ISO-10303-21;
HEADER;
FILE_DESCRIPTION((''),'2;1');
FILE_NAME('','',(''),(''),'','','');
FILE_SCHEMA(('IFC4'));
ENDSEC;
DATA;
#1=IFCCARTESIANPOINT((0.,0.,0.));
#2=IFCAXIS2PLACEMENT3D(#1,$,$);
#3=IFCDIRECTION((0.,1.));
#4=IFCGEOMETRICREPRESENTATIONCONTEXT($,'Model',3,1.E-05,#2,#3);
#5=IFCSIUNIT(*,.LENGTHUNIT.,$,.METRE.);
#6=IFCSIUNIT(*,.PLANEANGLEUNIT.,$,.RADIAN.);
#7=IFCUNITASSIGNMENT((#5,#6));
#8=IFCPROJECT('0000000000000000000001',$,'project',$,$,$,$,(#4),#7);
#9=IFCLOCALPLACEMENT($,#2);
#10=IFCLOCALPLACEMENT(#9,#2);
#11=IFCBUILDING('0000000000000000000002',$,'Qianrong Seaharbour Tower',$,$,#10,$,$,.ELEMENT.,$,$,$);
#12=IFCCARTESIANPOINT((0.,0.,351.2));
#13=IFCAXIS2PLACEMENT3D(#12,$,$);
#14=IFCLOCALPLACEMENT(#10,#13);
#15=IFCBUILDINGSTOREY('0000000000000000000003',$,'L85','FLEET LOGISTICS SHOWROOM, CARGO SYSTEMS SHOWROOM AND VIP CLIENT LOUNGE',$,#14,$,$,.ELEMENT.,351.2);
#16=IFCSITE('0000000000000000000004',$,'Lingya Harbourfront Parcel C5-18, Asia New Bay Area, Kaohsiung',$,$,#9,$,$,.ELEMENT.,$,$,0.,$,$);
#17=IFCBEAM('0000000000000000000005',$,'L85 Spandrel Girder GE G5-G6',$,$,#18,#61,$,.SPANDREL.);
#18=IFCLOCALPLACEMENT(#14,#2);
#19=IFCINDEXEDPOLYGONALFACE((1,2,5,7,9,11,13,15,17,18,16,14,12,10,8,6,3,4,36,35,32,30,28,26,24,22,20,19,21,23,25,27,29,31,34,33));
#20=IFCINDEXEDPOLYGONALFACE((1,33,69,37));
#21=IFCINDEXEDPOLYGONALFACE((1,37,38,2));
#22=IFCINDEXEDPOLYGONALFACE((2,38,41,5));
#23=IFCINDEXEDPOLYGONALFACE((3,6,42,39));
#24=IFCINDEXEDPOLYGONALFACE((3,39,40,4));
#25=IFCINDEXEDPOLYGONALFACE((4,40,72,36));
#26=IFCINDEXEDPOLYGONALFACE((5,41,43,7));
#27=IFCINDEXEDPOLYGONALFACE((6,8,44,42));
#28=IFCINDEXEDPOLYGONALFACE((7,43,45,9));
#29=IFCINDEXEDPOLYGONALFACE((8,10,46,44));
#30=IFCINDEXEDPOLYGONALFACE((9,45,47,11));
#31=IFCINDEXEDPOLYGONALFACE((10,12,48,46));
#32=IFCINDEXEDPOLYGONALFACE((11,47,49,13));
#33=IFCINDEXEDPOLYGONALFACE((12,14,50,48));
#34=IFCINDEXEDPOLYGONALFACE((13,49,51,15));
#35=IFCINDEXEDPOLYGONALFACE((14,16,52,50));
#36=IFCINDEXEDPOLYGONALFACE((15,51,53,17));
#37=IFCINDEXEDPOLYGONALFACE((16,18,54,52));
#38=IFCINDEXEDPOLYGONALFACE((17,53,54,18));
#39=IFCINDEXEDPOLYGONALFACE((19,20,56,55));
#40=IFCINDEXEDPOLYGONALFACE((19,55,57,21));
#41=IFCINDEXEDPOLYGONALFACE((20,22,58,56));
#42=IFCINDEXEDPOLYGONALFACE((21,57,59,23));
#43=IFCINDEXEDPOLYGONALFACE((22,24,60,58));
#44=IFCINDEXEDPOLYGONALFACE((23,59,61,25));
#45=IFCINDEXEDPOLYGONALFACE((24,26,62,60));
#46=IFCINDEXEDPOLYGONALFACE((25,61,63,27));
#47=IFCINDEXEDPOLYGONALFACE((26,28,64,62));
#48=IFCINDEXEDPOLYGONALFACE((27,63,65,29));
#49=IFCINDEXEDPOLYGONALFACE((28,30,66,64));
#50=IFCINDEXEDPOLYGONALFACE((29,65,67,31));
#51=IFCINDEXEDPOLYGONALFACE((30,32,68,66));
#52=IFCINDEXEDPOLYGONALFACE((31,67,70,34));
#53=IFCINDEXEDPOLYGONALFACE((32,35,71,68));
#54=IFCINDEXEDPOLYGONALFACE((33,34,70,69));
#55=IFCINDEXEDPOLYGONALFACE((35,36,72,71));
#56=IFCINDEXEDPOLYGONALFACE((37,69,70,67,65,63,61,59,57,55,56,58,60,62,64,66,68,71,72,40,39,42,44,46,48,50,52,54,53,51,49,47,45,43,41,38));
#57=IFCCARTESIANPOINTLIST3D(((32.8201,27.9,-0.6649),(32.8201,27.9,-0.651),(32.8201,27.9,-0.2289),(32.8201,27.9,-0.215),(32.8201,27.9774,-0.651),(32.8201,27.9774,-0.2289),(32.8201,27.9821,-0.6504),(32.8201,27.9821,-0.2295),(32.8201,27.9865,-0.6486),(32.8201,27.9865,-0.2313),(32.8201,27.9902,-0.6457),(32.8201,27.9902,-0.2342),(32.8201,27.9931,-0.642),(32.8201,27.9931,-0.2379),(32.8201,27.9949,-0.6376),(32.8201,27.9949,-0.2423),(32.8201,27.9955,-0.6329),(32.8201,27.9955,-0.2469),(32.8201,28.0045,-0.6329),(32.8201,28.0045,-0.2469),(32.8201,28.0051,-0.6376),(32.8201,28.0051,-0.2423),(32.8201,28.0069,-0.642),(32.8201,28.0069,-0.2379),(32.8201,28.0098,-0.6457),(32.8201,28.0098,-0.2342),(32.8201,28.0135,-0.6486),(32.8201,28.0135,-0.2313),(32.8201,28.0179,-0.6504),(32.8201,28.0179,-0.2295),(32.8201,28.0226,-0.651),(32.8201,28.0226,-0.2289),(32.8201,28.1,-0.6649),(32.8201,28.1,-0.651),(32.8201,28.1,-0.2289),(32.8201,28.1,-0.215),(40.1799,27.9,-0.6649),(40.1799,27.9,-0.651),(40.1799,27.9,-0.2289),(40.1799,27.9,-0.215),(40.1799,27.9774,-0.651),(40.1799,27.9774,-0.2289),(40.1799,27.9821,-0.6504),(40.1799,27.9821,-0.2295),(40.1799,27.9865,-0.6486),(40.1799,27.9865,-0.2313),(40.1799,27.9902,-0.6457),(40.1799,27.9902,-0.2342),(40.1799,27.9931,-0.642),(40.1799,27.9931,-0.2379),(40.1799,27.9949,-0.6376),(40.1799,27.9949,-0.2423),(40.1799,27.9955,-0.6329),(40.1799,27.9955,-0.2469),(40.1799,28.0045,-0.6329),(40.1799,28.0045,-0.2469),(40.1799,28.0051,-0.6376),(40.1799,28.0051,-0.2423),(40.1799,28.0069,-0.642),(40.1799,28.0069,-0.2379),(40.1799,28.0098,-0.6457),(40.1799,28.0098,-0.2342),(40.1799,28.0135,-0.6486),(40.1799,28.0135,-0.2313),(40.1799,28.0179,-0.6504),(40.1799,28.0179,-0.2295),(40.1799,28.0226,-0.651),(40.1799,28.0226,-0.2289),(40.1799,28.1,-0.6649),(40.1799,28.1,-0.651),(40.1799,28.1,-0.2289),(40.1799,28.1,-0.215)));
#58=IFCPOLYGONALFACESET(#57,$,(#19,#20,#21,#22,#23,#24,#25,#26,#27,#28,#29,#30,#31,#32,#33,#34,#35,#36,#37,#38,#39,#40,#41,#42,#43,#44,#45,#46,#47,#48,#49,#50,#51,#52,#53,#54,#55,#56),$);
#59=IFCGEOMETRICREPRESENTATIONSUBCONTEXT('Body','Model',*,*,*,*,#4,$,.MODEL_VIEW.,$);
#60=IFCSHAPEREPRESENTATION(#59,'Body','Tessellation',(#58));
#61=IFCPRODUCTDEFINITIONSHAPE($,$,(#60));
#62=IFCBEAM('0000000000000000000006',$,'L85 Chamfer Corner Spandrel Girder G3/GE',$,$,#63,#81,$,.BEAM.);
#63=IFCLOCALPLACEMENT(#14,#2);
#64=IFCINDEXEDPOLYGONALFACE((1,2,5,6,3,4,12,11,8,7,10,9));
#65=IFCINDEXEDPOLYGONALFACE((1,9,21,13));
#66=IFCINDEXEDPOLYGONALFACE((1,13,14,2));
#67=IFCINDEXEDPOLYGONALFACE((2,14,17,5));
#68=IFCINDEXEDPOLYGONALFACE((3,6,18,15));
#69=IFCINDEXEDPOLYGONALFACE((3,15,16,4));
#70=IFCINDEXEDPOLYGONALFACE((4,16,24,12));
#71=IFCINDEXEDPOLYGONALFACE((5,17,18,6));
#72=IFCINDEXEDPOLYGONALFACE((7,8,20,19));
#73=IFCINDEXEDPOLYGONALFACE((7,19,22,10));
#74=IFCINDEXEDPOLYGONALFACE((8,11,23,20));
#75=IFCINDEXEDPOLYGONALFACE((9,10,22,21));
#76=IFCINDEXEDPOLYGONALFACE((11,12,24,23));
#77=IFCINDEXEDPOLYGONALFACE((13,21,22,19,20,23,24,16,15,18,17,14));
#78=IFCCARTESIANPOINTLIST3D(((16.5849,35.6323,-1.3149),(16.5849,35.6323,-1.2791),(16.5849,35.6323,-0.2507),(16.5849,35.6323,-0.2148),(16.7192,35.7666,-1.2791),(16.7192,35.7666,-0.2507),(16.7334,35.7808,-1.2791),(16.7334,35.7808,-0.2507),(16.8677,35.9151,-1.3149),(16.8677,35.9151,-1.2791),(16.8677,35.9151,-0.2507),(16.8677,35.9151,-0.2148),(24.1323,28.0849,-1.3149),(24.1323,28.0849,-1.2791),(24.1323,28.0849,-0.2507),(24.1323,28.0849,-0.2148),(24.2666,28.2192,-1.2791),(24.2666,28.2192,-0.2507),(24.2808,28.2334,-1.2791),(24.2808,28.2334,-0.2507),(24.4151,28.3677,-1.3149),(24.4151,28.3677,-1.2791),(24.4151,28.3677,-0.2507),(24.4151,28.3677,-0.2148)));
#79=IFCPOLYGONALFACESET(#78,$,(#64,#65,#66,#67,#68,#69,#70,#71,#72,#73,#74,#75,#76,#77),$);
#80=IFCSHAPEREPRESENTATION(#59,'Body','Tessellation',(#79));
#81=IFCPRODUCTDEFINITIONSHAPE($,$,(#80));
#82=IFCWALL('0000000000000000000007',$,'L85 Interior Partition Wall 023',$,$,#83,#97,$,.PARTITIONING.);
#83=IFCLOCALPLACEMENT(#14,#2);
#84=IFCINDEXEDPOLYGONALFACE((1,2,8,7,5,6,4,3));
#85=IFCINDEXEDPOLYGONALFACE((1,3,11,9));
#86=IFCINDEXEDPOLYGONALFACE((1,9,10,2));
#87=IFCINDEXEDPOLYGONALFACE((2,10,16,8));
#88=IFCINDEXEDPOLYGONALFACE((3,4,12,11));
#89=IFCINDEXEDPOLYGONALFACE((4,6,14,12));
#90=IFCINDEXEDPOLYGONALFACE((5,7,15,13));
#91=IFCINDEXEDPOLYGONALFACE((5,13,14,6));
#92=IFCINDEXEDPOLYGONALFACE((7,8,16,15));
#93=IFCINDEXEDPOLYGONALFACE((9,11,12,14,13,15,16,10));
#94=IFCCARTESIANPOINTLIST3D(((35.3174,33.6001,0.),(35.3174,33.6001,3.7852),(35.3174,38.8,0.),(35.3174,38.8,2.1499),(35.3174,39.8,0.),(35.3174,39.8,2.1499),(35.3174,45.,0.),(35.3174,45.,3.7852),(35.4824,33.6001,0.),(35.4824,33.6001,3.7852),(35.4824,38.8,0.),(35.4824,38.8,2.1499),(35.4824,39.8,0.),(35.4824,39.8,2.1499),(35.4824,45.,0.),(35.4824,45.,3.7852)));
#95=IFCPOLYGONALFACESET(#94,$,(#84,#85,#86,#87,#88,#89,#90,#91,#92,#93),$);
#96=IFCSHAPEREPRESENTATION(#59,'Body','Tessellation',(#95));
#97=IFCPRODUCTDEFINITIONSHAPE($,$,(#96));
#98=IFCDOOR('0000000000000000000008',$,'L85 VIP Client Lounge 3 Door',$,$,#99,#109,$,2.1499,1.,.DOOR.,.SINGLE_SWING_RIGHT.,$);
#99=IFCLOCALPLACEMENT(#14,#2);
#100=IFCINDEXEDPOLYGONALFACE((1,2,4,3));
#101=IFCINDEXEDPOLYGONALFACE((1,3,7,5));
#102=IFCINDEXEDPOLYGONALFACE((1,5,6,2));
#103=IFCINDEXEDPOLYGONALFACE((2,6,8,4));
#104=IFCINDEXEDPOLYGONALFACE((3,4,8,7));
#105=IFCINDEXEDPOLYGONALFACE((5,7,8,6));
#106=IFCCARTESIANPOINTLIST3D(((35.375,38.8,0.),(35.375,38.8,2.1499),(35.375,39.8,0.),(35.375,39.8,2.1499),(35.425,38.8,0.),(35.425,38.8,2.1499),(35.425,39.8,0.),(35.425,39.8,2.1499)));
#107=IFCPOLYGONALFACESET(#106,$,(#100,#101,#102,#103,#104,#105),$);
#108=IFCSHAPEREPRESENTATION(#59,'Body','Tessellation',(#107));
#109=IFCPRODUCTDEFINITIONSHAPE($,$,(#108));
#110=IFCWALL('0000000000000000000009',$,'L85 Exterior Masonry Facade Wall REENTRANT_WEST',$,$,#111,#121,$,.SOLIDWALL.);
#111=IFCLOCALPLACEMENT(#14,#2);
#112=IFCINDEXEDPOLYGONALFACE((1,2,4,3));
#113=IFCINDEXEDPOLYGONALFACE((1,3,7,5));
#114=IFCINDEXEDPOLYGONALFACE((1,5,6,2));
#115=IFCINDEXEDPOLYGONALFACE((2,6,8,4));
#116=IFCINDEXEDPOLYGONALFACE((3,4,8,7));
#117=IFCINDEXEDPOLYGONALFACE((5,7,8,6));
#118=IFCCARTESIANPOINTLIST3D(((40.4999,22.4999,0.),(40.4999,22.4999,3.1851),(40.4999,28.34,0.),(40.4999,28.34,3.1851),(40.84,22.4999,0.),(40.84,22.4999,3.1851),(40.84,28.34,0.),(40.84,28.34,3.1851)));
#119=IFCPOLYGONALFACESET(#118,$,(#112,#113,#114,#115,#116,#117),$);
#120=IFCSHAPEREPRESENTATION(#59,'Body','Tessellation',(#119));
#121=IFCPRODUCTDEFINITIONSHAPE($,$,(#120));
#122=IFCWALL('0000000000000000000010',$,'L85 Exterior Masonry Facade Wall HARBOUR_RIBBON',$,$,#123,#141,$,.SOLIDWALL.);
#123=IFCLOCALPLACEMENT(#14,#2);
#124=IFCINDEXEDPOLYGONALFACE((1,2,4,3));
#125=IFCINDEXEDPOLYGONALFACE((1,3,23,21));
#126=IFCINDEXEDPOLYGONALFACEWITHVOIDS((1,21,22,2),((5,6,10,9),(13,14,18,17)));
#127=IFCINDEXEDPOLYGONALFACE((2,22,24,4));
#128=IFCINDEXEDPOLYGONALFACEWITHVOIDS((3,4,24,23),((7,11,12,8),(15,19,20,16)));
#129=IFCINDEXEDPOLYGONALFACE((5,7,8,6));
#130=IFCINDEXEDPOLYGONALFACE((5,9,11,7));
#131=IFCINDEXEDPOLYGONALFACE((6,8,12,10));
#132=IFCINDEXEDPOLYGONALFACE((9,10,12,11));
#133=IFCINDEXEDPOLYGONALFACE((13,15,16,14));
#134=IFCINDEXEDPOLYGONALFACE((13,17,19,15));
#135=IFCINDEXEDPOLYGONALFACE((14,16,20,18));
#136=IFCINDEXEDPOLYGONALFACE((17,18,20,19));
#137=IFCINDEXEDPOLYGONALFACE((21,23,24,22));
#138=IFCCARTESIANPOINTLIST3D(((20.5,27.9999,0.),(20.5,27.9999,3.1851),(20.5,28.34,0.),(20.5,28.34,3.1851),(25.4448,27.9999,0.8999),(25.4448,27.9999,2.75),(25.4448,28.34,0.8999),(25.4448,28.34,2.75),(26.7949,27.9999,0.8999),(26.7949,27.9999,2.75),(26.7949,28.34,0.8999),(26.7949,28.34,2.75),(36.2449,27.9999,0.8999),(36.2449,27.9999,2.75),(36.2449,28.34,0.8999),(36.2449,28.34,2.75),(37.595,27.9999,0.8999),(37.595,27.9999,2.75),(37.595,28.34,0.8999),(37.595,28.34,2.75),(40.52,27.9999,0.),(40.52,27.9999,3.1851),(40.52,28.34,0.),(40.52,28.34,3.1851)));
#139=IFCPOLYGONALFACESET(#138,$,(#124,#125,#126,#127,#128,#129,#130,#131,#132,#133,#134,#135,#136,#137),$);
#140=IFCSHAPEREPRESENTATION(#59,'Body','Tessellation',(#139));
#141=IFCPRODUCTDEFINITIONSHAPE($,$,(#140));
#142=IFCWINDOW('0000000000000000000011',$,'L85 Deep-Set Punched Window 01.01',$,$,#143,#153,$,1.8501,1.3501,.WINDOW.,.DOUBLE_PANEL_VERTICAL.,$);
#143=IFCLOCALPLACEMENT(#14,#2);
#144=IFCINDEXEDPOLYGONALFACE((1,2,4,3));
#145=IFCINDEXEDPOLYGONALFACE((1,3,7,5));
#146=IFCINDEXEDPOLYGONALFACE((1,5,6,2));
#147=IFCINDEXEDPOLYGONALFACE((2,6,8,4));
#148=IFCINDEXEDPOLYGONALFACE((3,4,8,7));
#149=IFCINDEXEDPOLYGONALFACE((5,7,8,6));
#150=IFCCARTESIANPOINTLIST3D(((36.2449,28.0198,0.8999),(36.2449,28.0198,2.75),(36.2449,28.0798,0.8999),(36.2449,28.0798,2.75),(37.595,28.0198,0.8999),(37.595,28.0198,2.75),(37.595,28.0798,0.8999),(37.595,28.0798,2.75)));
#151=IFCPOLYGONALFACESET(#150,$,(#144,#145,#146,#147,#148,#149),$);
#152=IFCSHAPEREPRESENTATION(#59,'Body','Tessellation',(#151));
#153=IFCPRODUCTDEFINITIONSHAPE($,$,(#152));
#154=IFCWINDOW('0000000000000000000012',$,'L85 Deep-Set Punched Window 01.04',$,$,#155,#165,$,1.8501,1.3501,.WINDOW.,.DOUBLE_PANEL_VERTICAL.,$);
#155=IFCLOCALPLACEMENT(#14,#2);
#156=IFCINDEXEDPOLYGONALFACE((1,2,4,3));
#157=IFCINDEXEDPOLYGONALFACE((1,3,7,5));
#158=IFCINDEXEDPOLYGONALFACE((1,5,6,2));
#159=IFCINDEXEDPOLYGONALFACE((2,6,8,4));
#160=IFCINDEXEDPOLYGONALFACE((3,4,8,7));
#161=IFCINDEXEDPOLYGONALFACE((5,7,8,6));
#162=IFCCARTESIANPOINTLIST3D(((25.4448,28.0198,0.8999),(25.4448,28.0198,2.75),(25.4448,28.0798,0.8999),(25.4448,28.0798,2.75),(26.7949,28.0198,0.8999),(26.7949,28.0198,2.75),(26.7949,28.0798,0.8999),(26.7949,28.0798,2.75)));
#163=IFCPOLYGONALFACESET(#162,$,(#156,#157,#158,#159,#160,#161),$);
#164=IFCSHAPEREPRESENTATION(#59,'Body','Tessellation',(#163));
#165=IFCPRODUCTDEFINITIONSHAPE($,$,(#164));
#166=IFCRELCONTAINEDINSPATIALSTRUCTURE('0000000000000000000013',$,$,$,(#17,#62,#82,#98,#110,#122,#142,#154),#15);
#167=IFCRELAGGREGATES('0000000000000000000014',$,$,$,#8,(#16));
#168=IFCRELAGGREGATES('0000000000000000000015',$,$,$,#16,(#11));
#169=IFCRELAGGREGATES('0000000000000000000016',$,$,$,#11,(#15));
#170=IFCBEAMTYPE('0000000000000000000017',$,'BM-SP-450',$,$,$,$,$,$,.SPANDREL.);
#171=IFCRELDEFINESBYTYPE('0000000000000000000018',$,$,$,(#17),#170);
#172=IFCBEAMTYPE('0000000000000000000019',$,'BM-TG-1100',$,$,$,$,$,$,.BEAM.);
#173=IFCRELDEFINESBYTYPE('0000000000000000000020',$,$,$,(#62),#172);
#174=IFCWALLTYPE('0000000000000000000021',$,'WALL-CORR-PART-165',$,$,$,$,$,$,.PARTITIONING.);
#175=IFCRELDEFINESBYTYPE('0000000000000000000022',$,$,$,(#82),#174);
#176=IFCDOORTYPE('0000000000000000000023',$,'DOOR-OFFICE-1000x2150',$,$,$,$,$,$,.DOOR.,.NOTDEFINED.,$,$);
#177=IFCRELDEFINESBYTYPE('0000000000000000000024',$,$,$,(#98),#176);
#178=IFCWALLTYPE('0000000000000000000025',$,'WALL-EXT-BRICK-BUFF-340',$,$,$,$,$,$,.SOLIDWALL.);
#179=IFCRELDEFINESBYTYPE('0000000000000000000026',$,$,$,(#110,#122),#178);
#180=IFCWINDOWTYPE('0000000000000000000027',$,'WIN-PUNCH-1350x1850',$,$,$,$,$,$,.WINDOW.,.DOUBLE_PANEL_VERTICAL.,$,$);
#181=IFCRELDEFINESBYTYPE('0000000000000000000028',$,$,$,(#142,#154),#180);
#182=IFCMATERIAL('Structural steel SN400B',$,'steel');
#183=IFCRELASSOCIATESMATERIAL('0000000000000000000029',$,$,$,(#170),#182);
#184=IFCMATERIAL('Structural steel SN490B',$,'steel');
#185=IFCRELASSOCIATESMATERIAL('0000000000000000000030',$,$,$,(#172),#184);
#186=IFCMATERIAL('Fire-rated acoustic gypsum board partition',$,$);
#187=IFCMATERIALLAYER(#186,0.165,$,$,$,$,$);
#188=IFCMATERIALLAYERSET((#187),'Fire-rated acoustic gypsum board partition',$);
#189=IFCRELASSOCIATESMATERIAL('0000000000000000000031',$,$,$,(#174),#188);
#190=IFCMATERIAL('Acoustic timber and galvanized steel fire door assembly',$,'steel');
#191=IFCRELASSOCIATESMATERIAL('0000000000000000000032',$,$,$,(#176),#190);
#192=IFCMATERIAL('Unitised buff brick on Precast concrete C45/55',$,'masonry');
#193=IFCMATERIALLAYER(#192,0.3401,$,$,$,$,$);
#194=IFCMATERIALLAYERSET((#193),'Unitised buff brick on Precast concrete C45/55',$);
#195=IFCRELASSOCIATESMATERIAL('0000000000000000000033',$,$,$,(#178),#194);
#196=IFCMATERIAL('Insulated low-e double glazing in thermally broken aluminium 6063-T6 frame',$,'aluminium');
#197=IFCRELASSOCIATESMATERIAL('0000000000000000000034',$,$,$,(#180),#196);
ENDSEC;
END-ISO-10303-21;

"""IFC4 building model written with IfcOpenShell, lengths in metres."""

from ifc_helpers import new_model, si_unit, direction, frame, frame_2d, origin, origin_2d, place, context, subcontext, project, spatial, rectangle, i_section, extrude, material, layer, layer_set, material_profile, profile_set, type_object, element, fill, save


model = new_model("IFC4")

# Units and contexts
model_context = context("Model", 3, precision=1e-05, world=origin(), true_north=direction((0.0, 1.0)))
body_context = subcontext(model_context, "Body", "Model", "MODEL_VIEW")
ifc_project = project(units=[si_unit("LENGTHUNIT", "METRE"), si_unit("PLANEANGLEUNIT", "RADIAN")], contexts=[model_context])

# Site, building, storey
site_placement = place(None, origin())
site = spatial("IfcSite", under=ifc_project, at=site_placement, Name="Lingya Harbourfront Parcel C5-18, Asia New Bay Area, Kaohsiung", CompositionType="ELEMENT", RefElevation=0.0)
building_placement = place(site_placement, origin())
building = spatial("IfcBuilding", under=site, at=building_placement, Name="Qianrong Seaharbour Tower", CompositionType="ELEMENT")
storey_placement = place(building_placement, frame((0.0, 0.0, 351.2)))
storey = spatial("IfcBuildingStorey", under=building, at=storey_placement, Name="L85", Description="FLEET LOGISTICS SHOWROOM, CARGO SYSTEMS SHOWROOM AND VIP CLIENT LOUNGE", CompositionType="ELEMENT", Elevation=351.2)

# Shared definitions
ifc_material_1 = material(Name="Structural steel SN490B", Category="steel")
ifc_material_2 = material(Name="Structural steel SN400B", Category="steel")

# Beams
ifc_material_profile_1 = material_profile(ifc_material_2, i_section(OverallWidth=0.2, OverallDepth=0.45, WebThickness=0.009, FlangeThickness=0.0139, FilletRadius=0.0181, at=origin_2d()), Name="H450x200x9x14")
ifc_profile_set_1 = profile_set([ifc_material_profile_1], Name="Structural steel SN400B")
beam_type_1 = type_object("IfcBeamType", Name="BM-SP-450", PredefinedType="SPANDREL", material=ifc_profile_set_1)
for number, where, z_axis, x_axis, name in (
    (1, (32.8201, 28.0, -0.4399), (1.0, 0.0, 0.0), (0.0, 1.0, 0.0), "L85 Spandrel Girder GE G5-G6"),
):
    element("IfcBeam", number, at=place(storey_placement, frame(where, z_axis=z_axis, x_axis=x_axis)), inside=storey, type_object=beam_type_1, Name=name, PredefinedType="SPANDREL", context=body_context, shape_type="SweptSolid", body=[
        extrude(i_section(OverallWidth=0.2, OverallDepth=0.45, WebThickness=0.009, FlangeThickness=0.0139, FilletRadius=0.0181, at=origin_2d()), origin(), (0.0, 0.0, 1.0), 7.3599),
    ])
ifc_material_profile_2 = material_profile(ifc_material_1, i_section(OverallWidth=0.3999, OverallDepth=1.1001, WebThickness=0.02, FlangeThickness=0.0359, at=origin_2d()), Name="BH1100x400x20x36")
ifc_profile_set_2 = profile_set([ifc_material_profile_2], Name="Structural steel SN490B")
beam_type_2 = type_object("IfcBeamType", Name="BM-TG-1100", PredefinedType="BEAM", material=ifc_profile_set_2)
beam_placement = place(storey_placement, frame((24.2737, 28.2263, -0.7649), z_axis=(-0.707107, 0.707107, 0.0), x_axis=(-0.707107, -0.707107, 0.0)))
element("IfcBeam", 2, at=beam_placement, inside=storey, type_object=beam_type_2, Name="L85 Chamfer Corner Spandrel Girder G3/GE", PredefinedType="BEAM", context=body_context, shape_type="SweptSolid", body=[
    extrude(i_section(OverallWidth=0.3999, OverallDepth=1.1001, WebThickness=0.02, FlangeThickness=0.0359, at=origin_2d()), origin(), (0.0, 0.0, 1.0), 10.6736),
])

# Wall, opening, door
ifc_material_3 = material(Name="Fire-rated acoustic gypsum board partition")
ifc_layer_1 = layer(ifc_material_3, 0.165)
ifc_layer_set_1 = layer_set([ifc_layer_1], Name="Fire-rated acoustic gypsum board partition")
wall_type_1 = type_object("IfcWallType", Name="WALL-CORR-PART-165", PredefinedType="PARTITIONING", material=ifc_layer_set_1)
wall_1_placement = place(storey_placement, frame((35.3999, 33.6001, 0.0), z_axis=(0.0, 0.0, 1.0), x_axis=(0.0, 1.0, 0.0)))
wall_1 = element("IfcWall", 3, at=wall_1_placement, inside=storey, type_object=wall_type_1, Name="L85 Interior Partition Wall 023", PredefinedType="PARTITIONING", context=body_context, shape_type="SweptSolid", body=[
    extrude(rectangle(XDim=11.3999, YDim=0.165, at=frame_2d((5.7, 0.0))), origin(), (0.0, 0.0, 1.0), 3.7852),
])
opening_1_placement = place(wall_1_placement, frame((5.2, 0.0, 0.0)))
opening_1 = element("IfcOpeningElement", 4, at=opening_1_placement, cuts=wall_1, PredefinedType="OPENING", context=body_context, shape_type="SweptSolid", body=[
    extrude(rectangle(XDim=1.0, YDim=2.1499, at=frame_2d((0.5, 1.075))), frame((0.0, 0.0925, 0.0), z_axis=(0.0, -1.0, 0.0), x_axis=(1.0, 0.0, 0.0)), (0.0, 0.0, 1.0), 0.1851),
])
ifc_material_4 = material(Name="Acoustic timber and galvanized steel fire door assembly", Category="steel")
door_type = type_object("IfcDoorType", Name="DOOR-OFFICE-1000x2150", OperationType="NOTDEFINED", PredefinedType="DOOR", material=ifc_material_4)
door_placement = place(opening_1_placement, origin())
door = element("IfcDoor", 5, at=door_placement, inside=storey, type_object=door_type, Name="L85 VIP Client Lounge 3 Door", OperationType="SINGLE_SWING_RIGHT", OverallHeight=2.1499, OverallWidth=1.0, PredefinedType="DOOR", context=body_context, shape_type="SweptSolid", body=[
    extrude(rectangle(XDim=1.0, YDim=2.1499, at=frame_2d((0.5, 1.075))), frame((0.0, 0.0249, 0.0), z_axis=(0.0, -1.0, 0.0), x_axis=(1.0, 0.0, 0.0)), (0.0, 0.0, 1.0), 0.05),
])
fill(opening_1, door)

# Wall
ifc_material_5 = material(Name="Unitised buff brick on Precast concrete C45/55", Category="masonry")
ifc_layer_2 = layer(ifc_material_5, 0.3401)
ifc_layer_set_2 = layer_set([ifc_layer_2], Name="Unitised buff brick on Precast concrete C45/55")
wall_type_2 = type_object("IfcWallType", Name="WALL-EXT-BRICK-BUFF-340", PredefinedType="SOLIDWALL", material=ifc_layer_set_2)
wall_2_placement = place(storey_placement, frame((40.6699, 22.5, 0.0), z_axis=(0.0, 0.0, 1.0), x_axis=(0.0, 1.0, 0.0)))
element("IfcWall", 6, at=wall_2_placement, inside=storey, type_object=wall_type_2, Name="L85 Exterior Masonry Facade Wall REENTRANT_WEST", PredefinedType="SOLIDWALL", context=body_context, shape_type="SweptSolid", body=[
    extrude(rectangle(XDim=5.8401, YDim=0.3401, at=frame_2d((2.9199, 0.0))), origin(), (0.0, 0.0, 1.0), 3.1851),
])

# Wall, openings, windows
wall_3_placement = place(storey_placement, frame((40.52, 28.1699, 0.0), z_axis=(0.0, 0.0, 1.0), x_axis=(-1.0, 0.0, 0.0)))
wall_3 = element("IfcWall", 7, at=wall_3_placement, inside=storey, type_object=wall_type_2, Name="L85 Exterior Masonry Facade Wall HARBOUR_RIBBON", PredefinedType="SOLIDWALL", context=body_context, shape_type="SweptSolid", body=[
    extrude(rectangle(XDim=20.02, YDim=0.3401, at=frame_2d((10.01, 0.0))), origin(), (0.0, 0.0, 1.0), 3.1851),
])
opening_2_placement = place(wall_3_placement, frame((2.925, 0.0, 0.8999)))
opening_2 = element("IfcOpeningElement", 8, at=opening_2_placement, cuts=wall_3, PredefinedType="OPENING", context=body_context, shape_type="SweptSolid", body=[
    extrude(rectangle(XDim=1.3501, YDim=1.8501, at=frame_2d((0.675, 0.925))), frame((0.0, 0.1802, 0.0), z_axis=(0.0, -1.0, 0.0), x_axis=(1.0, 0.0, 0.0)), (0.0, 0.0, 1.0), 0.3601),
])
opening_3_placement = place(wall_3_placement, frame((13.7251, 0.0, 0.8999)))
opening_3 = element("IfcOpeningElement", 9, at=opening_3_placement, cuts=wall_3, PredefinedType="OPENING", context=body_context, shape_type="SweptSolid", body=[
    extrude(rectangle(XDim=1.3501, YDim=1.8501, at=frame_2d((0.675, 0.925))), frame((0.0, 0.1802, 0.0), z_axis=(0.0, -1.0, 0.0), x_axis=(1.0, 0.0, 0.0)), (0.0, 0.0, 1.0), 0.3601),
])
ifc_material_6 = material(Name="Insulated low-e double glazing in thermally broken aluminium 6063-T6 frame", Category="aluminium")
window_type = type_object("IfcWindowType", Name="WIN-PUNCH-1350x1850", PartitioningType="DOUBLE_PANEL_VERTICAL", PredefinedType="WINDOW", material=ifc_material_6)
window_1_placement = place(opening_2_placement, origin())
window_1 = element("IfcWindow", 10, at=window_1_placement, inside=storey, type_object=window_type, Name="L85 Deep-Set Punched Window 01.01", OverallHeight=1.8501, OverallWidth=1.3501, PartitioningType="DOUBLE_PANEL_VERTICAL", PredefinedType="WINDOW", context=body_context, shape_type="SweptSolid", body=[
    extrude(rectangle(XDim=1.3501, YDim=1.8501, at=frame_2d((0.675, 0.925))), frame((0.0, 0.1501, 0.0), z_axis=(0.0, -1.0, 0.0), x_axis=(1.0, 0.0, 0.0)), (0.0, 0.0, 1.0), 0.0601),
])
fill(opening_2, window_1)
window_2_placement = place(opening_3_placement, origin())
window_2 = element("IfcWindow", 11, at=window_2_placement, inside=storey, type_object=window_type, Name="L85 Deep-Set Punched Window 01.04", OverallHeight=1.8501, OverallWidth=1.3501, PartitioningType="DOUBLE_PANEL_VERTICAL", PredefinedType="WINDOW", context=body_context, shape_type="SweptSolid", body=[
    extrude(rectangle(XDim=1.3501, YDim=1.8501, at=frame_2d((0.675, 0.925))), frame((0.0, 0.1501, 0.0), z_axis=(0.0, -1.0, 0.0), x_axis=(1.0, 0.0, 0.0)), (0.0, 0.0, 1.0), 0.0601),
])
fill(opening_3, window_2)

save(model, "model.ifc")
